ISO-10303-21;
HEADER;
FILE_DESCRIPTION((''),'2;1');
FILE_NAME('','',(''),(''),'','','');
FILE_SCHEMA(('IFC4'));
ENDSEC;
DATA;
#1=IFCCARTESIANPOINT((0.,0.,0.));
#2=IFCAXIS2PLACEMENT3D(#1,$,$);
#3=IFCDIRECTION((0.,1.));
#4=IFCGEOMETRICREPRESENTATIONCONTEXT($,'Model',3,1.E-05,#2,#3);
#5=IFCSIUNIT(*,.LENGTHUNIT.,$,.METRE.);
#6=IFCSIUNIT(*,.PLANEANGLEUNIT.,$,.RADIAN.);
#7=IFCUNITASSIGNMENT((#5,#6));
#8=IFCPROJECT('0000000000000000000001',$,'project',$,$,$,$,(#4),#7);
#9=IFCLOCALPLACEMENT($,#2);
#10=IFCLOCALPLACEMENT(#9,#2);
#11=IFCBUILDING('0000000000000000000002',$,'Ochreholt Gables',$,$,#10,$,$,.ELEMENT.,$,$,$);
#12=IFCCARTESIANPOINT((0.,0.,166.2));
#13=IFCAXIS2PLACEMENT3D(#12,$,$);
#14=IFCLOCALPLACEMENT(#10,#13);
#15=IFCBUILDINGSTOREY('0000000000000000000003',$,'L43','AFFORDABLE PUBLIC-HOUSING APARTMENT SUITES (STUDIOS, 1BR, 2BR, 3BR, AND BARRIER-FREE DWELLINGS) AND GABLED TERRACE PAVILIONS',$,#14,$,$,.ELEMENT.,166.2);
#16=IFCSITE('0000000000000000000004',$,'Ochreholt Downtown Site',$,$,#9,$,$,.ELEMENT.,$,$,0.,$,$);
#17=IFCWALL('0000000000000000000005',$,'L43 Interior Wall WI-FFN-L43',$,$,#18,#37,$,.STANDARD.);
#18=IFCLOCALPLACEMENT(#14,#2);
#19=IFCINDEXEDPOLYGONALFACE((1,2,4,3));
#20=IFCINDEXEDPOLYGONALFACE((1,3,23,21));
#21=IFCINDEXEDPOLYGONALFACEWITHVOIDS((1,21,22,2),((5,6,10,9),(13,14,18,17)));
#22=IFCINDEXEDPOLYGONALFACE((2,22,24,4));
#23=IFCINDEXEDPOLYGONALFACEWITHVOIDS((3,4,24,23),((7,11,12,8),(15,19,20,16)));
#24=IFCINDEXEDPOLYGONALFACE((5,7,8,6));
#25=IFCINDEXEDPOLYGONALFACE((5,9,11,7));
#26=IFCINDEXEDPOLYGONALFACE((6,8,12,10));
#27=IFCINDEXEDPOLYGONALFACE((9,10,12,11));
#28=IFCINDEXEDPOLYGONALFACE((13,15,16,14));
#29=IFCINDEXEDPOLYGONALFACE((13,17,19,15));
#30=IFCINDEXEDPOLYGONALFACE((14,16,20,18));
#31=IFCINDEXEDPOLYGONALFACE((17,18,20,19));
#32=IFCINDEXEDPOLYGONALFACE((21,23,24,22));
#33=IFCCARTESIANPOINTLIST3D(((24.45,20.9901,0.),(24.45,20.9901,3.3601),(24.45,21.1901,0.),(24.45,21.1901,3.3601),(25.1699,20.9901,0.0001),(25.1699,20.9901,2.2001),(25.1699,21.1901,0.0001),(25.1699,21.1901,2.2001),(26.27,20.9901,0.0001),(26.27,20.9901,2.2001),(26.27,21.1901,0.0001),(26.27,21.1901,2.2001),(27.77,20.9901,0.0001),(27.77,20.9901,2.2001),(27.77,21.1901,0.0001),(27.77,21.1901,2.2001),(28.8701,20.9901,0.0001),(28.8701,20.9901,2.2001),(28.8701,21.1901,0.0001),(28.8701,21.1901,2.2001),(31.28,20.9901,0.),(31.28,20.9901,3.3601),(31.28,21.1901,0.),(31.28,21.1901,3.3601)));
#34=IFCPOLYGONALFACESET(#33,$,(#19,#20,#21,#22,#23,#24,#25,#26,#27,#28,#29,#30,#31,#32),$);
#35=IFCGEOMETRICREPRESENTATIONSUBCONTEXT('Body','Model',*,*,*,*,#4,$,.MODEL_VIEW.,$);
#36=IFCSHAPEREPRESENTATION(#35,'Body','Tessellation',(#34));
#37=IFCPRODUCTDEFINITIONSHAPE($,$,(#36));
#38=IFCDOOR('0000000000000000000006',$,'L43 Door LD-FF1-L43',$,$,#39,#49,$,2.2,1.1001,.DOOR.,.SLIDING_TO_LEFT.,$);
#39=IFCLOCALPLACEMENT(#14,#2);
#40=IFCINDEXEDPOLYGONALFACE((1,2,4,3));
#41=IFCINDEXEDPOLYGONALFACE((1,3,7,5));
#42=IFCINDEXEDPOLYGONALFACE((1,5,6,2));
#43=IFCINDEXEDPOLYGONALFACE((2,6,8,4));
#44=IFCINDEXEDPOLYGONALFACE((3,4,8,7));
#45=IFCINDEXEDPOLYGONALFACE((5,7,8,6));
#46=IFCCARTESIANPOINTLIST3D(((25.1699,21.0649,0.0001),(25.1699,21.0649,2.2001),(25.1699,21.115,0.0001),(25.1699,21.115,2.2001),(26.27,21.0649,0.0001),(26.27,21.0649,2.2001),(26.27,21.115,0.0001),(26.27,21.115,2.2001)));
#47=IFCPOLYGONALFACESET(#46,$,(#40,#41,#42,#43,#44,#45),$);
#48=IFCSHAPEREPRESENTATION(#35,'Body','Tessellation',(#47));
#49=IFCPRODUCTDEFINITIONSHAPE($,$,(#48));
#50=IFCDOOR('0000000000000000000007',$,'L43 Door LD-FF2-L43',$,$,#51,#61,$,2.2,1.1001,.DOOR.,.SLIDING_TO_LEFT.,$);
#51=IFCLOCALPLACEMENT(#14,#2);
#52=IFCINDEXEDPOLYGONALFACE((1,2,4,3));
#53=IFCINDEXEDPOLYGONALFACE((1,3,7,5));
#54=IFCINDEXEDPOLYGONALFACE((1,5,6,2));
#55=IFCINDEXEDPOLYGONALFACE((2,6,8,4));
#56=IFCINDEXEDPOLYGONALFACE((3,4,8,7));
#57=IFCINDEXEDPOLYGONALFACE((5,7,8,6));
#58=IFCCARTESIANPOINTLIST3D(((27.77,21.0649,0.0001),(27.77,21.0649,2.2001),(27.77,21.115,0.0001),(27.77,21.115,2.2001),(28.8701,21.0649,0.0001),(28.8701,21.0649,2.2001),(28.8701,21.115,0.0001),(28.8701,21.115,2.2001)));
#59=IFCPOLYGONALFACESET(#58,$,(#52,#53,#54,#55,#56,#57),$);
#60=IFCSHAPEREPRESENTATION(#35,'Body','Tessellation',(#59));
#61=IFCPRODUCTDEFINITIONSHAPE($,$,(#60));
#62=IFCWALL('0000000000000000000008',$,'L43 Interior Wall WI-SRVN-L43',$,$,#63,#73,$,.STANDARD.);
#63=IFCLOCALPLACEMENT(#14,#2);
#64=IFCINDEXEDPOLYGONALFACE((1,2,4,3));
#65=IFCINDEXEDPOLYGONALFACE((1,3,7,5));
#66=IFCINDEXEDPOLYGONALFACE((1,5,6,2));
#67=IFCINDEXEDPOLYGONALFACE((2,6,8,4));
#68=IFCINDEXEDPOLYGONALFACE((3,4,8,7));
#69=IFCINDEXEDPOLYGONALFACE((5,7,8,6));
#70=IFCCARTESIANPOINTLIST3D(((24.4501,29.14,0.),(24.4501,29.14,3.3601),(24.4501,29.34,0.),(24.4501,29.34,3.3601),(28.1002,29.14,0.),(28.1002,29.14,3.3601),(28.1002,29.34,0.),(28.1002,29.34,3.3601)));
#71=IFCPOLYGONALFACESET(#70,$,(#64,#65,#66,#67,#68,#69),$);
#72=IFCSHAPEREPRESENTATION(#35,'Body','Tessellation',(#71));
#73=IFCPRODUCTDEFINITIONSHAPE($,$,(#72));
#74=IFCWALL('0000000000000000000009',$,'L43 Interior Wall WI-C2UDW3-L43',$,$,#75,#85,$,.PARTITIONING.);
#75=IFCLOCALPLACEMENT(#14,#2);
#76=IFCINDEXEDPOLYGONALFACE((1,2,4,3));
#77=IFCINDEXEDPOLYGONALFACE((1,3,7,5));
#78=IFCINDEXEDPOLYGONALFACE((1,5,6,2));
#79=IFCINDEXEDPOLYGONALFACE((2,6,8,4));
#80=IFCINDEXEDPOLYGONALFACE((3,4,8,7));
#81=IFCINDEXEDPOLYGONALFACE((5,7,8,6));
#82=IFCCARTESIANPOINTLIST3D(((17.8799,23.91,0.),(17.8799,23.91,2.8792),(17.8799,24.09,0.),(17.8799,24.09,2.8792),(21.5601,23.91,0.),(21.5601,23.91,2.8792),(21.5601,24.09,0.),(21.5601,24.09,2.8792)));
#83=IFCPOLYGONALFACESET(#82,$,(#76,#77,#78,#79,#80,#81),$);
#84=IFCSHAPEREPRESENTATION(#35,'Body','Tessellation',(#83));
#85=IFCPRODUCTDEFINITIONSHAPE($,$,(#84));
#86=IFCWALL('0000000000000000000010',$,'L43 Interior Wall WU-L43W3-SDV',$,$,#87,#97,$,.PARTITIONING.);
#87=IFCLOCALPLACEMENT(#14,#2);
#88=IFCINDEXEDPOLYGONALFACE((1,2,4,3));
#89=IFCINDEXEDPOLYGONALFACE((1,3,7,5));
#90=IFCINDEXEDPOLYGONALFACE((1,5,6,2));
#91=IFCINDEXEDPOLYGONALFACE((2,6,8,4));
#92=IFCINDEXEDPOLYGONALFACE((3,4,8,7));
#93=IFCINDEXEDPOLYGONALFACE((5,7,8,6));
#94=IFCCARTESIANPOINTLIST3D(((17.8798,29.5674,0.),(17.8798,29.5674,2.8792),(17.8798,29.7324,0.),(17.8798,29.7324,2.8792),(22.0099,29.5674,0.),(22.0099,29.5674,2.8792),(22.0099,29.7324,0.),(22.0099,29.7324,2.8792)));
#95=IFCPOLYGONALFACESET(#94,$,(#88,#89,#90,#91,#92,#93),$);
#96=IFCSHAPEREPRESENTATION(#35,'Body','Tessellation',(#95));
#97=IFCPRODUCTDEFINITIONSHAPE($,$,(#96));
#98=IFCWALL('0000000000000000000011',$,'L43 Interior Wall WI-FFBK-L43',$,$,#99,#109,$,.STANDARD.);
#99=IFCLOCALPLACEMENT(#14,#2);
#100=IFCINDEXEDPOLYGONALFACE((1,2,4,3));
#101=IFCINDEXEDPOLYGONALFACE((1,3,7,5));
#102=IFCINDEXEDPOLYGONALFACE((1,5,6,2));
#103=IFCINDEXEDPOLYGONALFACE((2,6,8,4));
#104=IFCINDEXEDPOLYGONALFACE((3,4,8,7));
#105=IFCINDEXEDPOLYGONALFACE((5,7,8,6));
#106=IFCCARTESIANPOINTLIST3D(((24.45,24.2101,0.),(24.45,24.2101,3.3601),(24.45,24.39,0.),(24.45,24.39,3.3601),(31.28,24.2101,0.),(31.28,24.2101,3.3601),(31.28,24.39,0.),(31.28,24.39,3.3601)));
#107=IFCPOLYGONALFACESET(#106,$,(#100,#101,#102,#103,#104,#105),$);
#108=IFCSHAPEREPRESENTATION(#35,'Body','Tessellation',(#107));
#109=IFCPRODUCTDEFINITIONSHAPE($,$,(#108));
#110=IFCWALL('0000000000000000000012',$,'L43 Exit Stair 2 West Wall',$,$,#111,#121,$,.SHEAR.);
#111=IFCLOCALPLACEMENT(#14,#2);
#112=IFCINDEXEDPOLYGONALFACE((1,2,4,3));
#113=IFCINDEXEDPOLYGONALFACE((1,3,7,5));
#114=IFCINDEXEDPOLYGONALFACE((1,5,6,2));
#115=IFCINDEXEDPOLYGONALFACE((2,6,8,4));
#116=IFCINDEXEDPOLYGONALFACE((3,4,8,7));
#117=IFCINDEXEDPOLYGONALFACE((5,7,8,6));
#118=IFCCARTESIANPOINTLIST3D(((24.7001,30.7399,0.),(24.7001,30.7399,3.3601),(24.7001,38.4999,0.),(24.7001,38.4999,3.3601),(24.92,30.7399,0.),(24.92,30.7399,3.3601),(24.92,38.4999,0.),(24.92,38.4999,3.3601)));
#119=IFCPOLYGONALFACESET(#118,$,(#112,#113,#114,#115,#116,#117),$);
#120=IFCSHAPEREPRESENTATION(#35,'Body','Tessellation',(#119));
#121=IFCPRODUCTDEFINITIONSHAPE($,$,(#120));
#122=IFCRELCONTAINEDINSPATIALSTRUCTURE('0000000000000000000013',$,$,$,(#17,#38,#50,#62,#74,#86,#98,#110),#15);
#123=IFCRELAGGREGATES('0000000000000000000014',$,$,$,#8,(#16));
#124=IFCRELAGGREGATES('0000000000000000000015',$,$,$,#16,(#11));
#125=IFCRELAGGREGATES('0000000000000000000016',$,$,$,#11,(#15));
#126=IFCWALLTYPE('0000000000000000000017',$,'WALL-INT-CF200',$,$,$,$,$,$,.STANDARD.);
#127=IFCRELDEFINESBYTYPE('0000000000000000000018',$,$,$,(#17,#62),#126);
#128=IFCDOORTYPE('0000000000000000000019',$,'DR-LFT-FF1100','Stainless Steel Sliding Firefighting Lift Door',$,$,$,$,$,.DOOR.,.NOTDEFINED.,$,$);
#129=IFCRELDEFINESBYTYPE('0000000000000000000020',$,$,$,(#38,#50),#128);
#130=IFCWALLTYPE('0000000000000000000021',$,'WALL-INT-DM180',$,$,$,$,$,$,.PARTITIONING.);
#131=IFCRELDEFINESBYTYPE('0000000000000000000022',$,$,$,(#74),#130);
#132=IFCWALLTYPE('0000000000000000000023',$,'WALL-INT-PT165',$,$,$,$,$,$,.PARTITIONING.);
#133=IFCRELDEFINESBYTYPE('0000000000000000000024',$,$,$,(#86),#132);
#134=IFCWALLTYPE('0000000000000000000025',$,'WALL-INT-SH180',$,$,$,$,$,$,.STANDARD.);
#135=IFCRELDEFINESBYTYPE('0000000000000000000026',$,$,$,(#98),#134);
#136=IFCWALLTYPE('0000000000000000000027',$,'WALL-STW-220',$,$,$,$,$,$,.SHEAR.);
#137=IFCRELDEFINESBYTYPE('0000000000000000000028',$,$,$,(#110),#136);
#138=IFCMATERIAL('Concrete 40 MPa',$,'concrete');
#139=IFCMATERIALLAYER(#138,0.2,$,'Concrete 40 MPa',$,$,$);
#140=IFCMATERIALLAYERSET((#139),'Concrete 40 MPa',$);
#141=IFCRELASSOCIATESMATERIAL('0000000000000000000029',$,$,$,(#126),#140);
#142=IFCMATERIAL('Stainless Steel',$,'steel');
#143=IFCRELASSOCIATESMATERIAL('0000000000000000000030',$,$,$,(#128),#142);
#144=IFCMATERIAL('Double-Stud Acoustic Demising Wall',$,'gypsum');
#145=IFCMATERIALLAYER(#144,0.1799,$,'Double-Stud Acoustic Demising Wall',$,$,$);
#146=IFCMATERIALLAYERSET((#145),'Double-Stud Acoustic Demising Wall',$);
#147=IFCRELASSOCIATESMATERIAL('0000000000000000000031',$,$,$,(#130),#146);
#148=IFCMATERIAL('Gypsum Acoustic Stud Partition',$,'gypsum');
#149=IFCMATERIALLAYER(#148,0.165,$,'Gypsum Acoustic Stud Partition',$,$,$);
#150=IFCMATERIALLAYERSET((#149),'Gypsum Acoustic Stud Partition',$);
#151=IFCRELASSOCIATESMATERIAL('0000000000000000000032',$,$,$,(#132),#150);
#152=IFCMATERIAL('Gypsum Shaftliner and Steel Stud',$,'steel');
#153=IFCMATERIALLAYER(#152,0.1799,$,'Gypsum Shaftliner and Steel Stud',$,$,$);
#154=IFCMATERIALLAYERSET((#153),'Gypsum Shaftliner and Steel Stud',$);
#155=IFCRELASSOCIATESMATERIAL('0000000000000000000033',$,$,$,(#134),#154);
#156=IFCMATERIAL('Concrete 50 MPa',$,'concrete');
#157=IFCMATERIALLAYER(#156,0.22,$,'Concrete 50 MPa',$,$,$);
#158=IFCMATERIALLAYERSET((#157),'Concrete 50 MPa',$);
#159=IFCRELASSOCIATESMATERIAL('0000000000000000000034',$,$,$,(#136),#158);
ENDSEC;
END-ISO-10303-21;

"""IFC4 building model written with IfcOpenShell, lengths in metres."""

from ifc_helpers import new_model, si_unit, direction, frame, frame_2d, origin, place, context, subcontext, project, spatial, rectangle, extrude, material, layer, layer_set, type_object, element, fill, save


model = new_model("IFC4")

# Units and contexts
model_context = context("Model", 3, precision=1e-05, world=origin(), true_north=direction((0.0, 1.0)))
body_context = subcontext(model_context, "Body", "Model", "MODEL_VIEW")
ifc_project = project(units=[si_unit("LENGTHUNIT", "METRE"), si_unit("PLANEANGLEUNIT", "RADIAN")], contexts=[model_context])

# Site, building, storey
site_placement = place(None, origin())
site = spatial("IfcSite", under=ifc_project, at=site_placement, Name="Ochreholt Downtown Site", CompositionType="ELEMENT", RefElevation=0.0)
building_placement = place(site_placement, origin())
building = spatial("IfcBuilding", under=site, at=building_placement, Name="Ochreholt Gables", CompositionType="ELEMENT")
storey_placement = place(building_placement, frame((0.0, 0.0, 166.2)))
storey = spatial("IfcBuildingStorey", under=building, at=storey_placement, Name="L43", Description="AFFORDABLE PUBLIC-HOUSING APARTMENT SUITES (STUDIOS, 1BR, 2BR, 3BR, AND BARRIER-FREE DWELLINGS) AND GABLED TERRACE PAVILIONS", CompositionType="ELEMENT", Elevation=166.2)

# Shared definitions
ifc_material_1 = material(Name="Concrete 50 MPa", Category="concrete")

# Wall, openings, doors
ifc_material_2 = material(Name="Concrete 40 MPa", Category="concrete")
ifc_layer_1 = layer(ifc_material_2, 0.2, Name="Concrete 40 MPa")
ifc_layer_set_1 = layer_set([ifc_layer_1], Name="Concrete 40 MPa")
wall_type_1 = type_object("IfcWallType", Name="WALL-INT-CF200", PredefinedType="STANDARD", material=ifc_layer_set_1)
wall_1_placement = place(storey_placement, frame((24.45, 21.0901, 0.0), z_axis=(0.0, 0.0, 1.0), x_axis=(1.0, 0.0, 0.0)))
wall_1 = element("IfcWall", 1, at=wall_1_placement, inside=storey, type_object=wall_type_1, Name="L43 Interior Wall WI-FFN-L43", PredefinedType="STANDARD", context=body_context, shape_type="SweptSolid", body=[
    extrude(rectangle(XDim=6.8301, YDim=0.2, at=frame_2d((3.415, 0.0))), origin(), (0.0, 0.0, 1.0), 3.3601),
])
opening_1_placement = place(wall_1_placement, frame((0.72, 0.0, 0.0)))
opening_1 = element("IfcOpeningElement", 2, at=opening_1_placement, cuts=wall_1, PredefinedType="OPENING", context=body_context, shape_type="SweptSolid", body=[
    extrude(rectangle(XDim=1.1001, YDim=2.2, at=frame_2d((0.55, 1.1001))), frame((0.0, 0.1099, 0.0), z_axis=(0.0, -1.0, 0.0), x_axis=(1.0, 0.0, 0.0)), (0.0, 0.0, 1.0), 0.22),
])
opening_2_placement = place(wall_1_placement, frame((3.3201, 0.0, 0.0)))
opening_2 = element("IfcOpeningElement", 3, at=opening_2_placement, cuts=wall_1, PredefinedType="OPENING", context=body_context, shape_type="SweptSolid", body=[
    extrude(rectangle(XDim=1.1001, YDim=2.2, at=frame_2d((0.55, 1.1001))), frame((0.0, 0.1099, 0.0), z_axis=(0.0, -1.0, 0.0), x_axis=(1.0, 0.0, 0.0)), (0.0, 0.0, 1.0), 0.22),
])
ifc_material_3 = material(Name="Stainless Steel", Category="steel")
door_type_1 = type_object("IfcDoorType", Name="DR-LFT-FF1100", Description="Stainless Steel Sliding Firefighting Lift Door", OperationType="NOTDEFINED", PredefinedType="DOOR", material=ifc_material_3)
door_1_placement = place(opening_1_placement, origin())
door_1 = element("IfcDoor", 4, at=door_1_placement, inside=storey, type_object=door_type_1, Name="L43 Door LD-FF1-L43", OperationType="SLIDING_TO_LEFT", OverallHeight=2.2, OverallWidth=1.1001, PredefinedType="DOOR", context=body_context, shape_type="SweptSolid", body=[
    extrude(rectangle(XDim=1.1001, YDim=2.2, at=frame_2d((0.55, 1.1001))), frame((0.0, 0.0249, 0.0), z_axis=(0.0, -1.0, 0.0), x_axis=(1.0, 0.0, 0.0)), (0.0, 0.0, 1.0), 0.05),
])
fill(opening_1, door_1)
door_2_placement = place(opening_2_placement, origin())
door_2 = element("IfcDoor", 5, at=door_2_placement, inside=storey, type_object=door_type_1, Name="L43 Door LD-FF2-L43", OperationType="SLIDING_TO_LEFT", OverallHeight=2.2, OverallWidth=1.1001, PredefinedType="DOOR", context=body_context, shape_type="SweptSolid", body=[
    extrude(rectangle(XDim=1.1001, YDim=2.2, at=frame_2d((0.55, 1.1001))), frame((0.0, 0.0249, 0.0), z_axis=(0.0, -1.0, 0.0), x_axis=(1.0, 0.0, 0.0)), (0.0, 0.0, 1.0), 0.05),
])
fill(opening_2, door_2)

# Walls
wall_2_placement = place(storey_placement, frame((24.45, 29.24, 0.0), z_axis=(0.0, 0.0, 1.0), x_axis=(1.0, 0.0, 0.0)))
element("IfcWall", 6, at=wall_2_placement, inside=storey, type_object=wall_type_1, Name="L43 Interior Wall WI-SRVN-L43", PredefinedType="STANDARD", context=body_context, shape_type="SweptSolid", body=[
    extrude(rectangle(XDim=3.6501, YDim=0.2, at=frame_2d((1.8252, 0.0))), origin(), (0.0, 0.0, 1.0), 3.3601),
])
ifc_material_4 = material(Name="Double-Stud Acoustic Demising Wall", Category="gypsum")
ifc_layer_2 = layer(ifc_material_4, 0.1799, Name="Double-Stud Acoustic Demising Wall")
ifc_layer_set_2 = layer_set([ifc_layer_2], Name="Double-Stud Acoustic Demising Wall")
wall_type_2 = type_object("IfcWallType", Name="WALL-INT-DM180", PredefinedType="PARTITIONING", material=ifc_layer_set_2)
wall_3_placement = place(storey_placement, frame((17.8799, 24.0, 0.0), z_axis=(0.0, 0.0, 1.0), x_axis=(1.0, 0.0, 0.0)))
element("IfcWall", 7, at=wall_3_placement, inside=storey, type_object=wall_type_2, Name="L43 Interior Wall WI-C2UDW3-L43", PredefinedType="PARTITIONING", context=body_context, shape_type="SweptSolid", body=[
    extrude(rectangle(XDim=3.6802, YDim=0.1799, at=frame_2d((1.8401, 0.0))), origin(), (0.0, 0.0, 1.0), 2.8792),
])
ifc_material_5 = material(Name="Gypsum Acoustic Stud Partition", Category="gypsum")
ifc_layer_3 = layer(ifc_material_5, 0.165, Name="Gypsum Acoustic Stud Partition")
ifc_layer_set_3 = layer_set([ifc_layer_3], Name="Gypsum Acoustic Stud Partition")
wall_type_3 = type_object("IfcWallType", Name="WALL-INT-PT165", PredefinedType="PARTITIONING", material=ifc_layer_set_3)
wall_4_placement = place(storey_placement, frame((17.8799, 29.6499, 0.0), z_axis=(0.0, 0.0, 1.0), x_axis=(1.0, 0.0, 0.0)))
element("IfcWall", 8, at=wall_4_placement, inside=storey, type_object=wall_type_3, Name="L43 Interior Wall WU-L43W3-SDV", PredefinedType="PARTITIONING", context=body_context, shape_type="SweptSolid", body=[
    extrude(rectangle(XDim=4.1301, YDim=0.165, at=frame_2d((2.0649, 0.0))), origin(), (0.0, 0.0, 1.0), 2.8792),
])
ifc_material_6 = material(Name="Gypsum Shaftliner and Steel Stud", Category="steel")
ifc_layer_4 = layer(ifc_material_6, 0.1799, Name="Gypsum Shaftliner and Steel Stud")
ifc_layer_set_4 = layer_set([ifc_layer_4], Name="Gypsum Shaftliner and Steel Stud")
wall_type_4 = type_object("IfcWallType", Name="WALL-INT-SH180", PredefinedType="STANDARD", material=ifc_layer_set_4)
wall_5_placement = place(storey_placement, frame((24.45, 24.3, 0.0), z_axis=(0.0, 0.0, 1.0), x_axis=(1.0, 0.0, 0.0)))
element("IfcWall", 9, at=wall_5_placement, inside=storey, type_object=wall_type_4, Name="L43 Interior Wall WI-FFBK-L43", PredefinedType="STANDARD", context=body_context, shape_type="SweptSolid", body=[
    extrude(rectangle(XDim=6.8301, YDim=0.1799, at=frame_2d((3.415, 0.0))), origin(), (0.0, 0.0, 1.0), 3.3601),
])
ifc_layer_5 = layer(ifc_material_1, 0.22, Name="Concrete 50 MPa")
ifc_layer_set_5 = layer_set([ifc_layer_5], Name="Concrete 50 MPa")
wall_type_5 = type_object("IfcWallType", Name="WALL-STW-220", PredefinedType="SHEAR", material=ifc_layer_set_5)
wall_6_placement = place(storey_placement, frame((24.8101, 30.74, 0.0), z_axis=(0.0, 0.0, 1.0), x_axis=(0.0, 1.0, 0.0)))
element("IfcWall", 10, at=wall_6_placement, inside=storey, type_object=wall_type_5, Name="L43 Exit Stair 2 West Wall", PredefinedType="SHEAR", context=body_context, shape_type="SweptSolid", body=[
    extrude(rectangle(XDim=7.76, YDim=0.22, at=frame_2d((3.8799, 0.0))), origin(), (0.0, 0.0, 1.0), 3.3601),
])

save(model, "model.ifc")
